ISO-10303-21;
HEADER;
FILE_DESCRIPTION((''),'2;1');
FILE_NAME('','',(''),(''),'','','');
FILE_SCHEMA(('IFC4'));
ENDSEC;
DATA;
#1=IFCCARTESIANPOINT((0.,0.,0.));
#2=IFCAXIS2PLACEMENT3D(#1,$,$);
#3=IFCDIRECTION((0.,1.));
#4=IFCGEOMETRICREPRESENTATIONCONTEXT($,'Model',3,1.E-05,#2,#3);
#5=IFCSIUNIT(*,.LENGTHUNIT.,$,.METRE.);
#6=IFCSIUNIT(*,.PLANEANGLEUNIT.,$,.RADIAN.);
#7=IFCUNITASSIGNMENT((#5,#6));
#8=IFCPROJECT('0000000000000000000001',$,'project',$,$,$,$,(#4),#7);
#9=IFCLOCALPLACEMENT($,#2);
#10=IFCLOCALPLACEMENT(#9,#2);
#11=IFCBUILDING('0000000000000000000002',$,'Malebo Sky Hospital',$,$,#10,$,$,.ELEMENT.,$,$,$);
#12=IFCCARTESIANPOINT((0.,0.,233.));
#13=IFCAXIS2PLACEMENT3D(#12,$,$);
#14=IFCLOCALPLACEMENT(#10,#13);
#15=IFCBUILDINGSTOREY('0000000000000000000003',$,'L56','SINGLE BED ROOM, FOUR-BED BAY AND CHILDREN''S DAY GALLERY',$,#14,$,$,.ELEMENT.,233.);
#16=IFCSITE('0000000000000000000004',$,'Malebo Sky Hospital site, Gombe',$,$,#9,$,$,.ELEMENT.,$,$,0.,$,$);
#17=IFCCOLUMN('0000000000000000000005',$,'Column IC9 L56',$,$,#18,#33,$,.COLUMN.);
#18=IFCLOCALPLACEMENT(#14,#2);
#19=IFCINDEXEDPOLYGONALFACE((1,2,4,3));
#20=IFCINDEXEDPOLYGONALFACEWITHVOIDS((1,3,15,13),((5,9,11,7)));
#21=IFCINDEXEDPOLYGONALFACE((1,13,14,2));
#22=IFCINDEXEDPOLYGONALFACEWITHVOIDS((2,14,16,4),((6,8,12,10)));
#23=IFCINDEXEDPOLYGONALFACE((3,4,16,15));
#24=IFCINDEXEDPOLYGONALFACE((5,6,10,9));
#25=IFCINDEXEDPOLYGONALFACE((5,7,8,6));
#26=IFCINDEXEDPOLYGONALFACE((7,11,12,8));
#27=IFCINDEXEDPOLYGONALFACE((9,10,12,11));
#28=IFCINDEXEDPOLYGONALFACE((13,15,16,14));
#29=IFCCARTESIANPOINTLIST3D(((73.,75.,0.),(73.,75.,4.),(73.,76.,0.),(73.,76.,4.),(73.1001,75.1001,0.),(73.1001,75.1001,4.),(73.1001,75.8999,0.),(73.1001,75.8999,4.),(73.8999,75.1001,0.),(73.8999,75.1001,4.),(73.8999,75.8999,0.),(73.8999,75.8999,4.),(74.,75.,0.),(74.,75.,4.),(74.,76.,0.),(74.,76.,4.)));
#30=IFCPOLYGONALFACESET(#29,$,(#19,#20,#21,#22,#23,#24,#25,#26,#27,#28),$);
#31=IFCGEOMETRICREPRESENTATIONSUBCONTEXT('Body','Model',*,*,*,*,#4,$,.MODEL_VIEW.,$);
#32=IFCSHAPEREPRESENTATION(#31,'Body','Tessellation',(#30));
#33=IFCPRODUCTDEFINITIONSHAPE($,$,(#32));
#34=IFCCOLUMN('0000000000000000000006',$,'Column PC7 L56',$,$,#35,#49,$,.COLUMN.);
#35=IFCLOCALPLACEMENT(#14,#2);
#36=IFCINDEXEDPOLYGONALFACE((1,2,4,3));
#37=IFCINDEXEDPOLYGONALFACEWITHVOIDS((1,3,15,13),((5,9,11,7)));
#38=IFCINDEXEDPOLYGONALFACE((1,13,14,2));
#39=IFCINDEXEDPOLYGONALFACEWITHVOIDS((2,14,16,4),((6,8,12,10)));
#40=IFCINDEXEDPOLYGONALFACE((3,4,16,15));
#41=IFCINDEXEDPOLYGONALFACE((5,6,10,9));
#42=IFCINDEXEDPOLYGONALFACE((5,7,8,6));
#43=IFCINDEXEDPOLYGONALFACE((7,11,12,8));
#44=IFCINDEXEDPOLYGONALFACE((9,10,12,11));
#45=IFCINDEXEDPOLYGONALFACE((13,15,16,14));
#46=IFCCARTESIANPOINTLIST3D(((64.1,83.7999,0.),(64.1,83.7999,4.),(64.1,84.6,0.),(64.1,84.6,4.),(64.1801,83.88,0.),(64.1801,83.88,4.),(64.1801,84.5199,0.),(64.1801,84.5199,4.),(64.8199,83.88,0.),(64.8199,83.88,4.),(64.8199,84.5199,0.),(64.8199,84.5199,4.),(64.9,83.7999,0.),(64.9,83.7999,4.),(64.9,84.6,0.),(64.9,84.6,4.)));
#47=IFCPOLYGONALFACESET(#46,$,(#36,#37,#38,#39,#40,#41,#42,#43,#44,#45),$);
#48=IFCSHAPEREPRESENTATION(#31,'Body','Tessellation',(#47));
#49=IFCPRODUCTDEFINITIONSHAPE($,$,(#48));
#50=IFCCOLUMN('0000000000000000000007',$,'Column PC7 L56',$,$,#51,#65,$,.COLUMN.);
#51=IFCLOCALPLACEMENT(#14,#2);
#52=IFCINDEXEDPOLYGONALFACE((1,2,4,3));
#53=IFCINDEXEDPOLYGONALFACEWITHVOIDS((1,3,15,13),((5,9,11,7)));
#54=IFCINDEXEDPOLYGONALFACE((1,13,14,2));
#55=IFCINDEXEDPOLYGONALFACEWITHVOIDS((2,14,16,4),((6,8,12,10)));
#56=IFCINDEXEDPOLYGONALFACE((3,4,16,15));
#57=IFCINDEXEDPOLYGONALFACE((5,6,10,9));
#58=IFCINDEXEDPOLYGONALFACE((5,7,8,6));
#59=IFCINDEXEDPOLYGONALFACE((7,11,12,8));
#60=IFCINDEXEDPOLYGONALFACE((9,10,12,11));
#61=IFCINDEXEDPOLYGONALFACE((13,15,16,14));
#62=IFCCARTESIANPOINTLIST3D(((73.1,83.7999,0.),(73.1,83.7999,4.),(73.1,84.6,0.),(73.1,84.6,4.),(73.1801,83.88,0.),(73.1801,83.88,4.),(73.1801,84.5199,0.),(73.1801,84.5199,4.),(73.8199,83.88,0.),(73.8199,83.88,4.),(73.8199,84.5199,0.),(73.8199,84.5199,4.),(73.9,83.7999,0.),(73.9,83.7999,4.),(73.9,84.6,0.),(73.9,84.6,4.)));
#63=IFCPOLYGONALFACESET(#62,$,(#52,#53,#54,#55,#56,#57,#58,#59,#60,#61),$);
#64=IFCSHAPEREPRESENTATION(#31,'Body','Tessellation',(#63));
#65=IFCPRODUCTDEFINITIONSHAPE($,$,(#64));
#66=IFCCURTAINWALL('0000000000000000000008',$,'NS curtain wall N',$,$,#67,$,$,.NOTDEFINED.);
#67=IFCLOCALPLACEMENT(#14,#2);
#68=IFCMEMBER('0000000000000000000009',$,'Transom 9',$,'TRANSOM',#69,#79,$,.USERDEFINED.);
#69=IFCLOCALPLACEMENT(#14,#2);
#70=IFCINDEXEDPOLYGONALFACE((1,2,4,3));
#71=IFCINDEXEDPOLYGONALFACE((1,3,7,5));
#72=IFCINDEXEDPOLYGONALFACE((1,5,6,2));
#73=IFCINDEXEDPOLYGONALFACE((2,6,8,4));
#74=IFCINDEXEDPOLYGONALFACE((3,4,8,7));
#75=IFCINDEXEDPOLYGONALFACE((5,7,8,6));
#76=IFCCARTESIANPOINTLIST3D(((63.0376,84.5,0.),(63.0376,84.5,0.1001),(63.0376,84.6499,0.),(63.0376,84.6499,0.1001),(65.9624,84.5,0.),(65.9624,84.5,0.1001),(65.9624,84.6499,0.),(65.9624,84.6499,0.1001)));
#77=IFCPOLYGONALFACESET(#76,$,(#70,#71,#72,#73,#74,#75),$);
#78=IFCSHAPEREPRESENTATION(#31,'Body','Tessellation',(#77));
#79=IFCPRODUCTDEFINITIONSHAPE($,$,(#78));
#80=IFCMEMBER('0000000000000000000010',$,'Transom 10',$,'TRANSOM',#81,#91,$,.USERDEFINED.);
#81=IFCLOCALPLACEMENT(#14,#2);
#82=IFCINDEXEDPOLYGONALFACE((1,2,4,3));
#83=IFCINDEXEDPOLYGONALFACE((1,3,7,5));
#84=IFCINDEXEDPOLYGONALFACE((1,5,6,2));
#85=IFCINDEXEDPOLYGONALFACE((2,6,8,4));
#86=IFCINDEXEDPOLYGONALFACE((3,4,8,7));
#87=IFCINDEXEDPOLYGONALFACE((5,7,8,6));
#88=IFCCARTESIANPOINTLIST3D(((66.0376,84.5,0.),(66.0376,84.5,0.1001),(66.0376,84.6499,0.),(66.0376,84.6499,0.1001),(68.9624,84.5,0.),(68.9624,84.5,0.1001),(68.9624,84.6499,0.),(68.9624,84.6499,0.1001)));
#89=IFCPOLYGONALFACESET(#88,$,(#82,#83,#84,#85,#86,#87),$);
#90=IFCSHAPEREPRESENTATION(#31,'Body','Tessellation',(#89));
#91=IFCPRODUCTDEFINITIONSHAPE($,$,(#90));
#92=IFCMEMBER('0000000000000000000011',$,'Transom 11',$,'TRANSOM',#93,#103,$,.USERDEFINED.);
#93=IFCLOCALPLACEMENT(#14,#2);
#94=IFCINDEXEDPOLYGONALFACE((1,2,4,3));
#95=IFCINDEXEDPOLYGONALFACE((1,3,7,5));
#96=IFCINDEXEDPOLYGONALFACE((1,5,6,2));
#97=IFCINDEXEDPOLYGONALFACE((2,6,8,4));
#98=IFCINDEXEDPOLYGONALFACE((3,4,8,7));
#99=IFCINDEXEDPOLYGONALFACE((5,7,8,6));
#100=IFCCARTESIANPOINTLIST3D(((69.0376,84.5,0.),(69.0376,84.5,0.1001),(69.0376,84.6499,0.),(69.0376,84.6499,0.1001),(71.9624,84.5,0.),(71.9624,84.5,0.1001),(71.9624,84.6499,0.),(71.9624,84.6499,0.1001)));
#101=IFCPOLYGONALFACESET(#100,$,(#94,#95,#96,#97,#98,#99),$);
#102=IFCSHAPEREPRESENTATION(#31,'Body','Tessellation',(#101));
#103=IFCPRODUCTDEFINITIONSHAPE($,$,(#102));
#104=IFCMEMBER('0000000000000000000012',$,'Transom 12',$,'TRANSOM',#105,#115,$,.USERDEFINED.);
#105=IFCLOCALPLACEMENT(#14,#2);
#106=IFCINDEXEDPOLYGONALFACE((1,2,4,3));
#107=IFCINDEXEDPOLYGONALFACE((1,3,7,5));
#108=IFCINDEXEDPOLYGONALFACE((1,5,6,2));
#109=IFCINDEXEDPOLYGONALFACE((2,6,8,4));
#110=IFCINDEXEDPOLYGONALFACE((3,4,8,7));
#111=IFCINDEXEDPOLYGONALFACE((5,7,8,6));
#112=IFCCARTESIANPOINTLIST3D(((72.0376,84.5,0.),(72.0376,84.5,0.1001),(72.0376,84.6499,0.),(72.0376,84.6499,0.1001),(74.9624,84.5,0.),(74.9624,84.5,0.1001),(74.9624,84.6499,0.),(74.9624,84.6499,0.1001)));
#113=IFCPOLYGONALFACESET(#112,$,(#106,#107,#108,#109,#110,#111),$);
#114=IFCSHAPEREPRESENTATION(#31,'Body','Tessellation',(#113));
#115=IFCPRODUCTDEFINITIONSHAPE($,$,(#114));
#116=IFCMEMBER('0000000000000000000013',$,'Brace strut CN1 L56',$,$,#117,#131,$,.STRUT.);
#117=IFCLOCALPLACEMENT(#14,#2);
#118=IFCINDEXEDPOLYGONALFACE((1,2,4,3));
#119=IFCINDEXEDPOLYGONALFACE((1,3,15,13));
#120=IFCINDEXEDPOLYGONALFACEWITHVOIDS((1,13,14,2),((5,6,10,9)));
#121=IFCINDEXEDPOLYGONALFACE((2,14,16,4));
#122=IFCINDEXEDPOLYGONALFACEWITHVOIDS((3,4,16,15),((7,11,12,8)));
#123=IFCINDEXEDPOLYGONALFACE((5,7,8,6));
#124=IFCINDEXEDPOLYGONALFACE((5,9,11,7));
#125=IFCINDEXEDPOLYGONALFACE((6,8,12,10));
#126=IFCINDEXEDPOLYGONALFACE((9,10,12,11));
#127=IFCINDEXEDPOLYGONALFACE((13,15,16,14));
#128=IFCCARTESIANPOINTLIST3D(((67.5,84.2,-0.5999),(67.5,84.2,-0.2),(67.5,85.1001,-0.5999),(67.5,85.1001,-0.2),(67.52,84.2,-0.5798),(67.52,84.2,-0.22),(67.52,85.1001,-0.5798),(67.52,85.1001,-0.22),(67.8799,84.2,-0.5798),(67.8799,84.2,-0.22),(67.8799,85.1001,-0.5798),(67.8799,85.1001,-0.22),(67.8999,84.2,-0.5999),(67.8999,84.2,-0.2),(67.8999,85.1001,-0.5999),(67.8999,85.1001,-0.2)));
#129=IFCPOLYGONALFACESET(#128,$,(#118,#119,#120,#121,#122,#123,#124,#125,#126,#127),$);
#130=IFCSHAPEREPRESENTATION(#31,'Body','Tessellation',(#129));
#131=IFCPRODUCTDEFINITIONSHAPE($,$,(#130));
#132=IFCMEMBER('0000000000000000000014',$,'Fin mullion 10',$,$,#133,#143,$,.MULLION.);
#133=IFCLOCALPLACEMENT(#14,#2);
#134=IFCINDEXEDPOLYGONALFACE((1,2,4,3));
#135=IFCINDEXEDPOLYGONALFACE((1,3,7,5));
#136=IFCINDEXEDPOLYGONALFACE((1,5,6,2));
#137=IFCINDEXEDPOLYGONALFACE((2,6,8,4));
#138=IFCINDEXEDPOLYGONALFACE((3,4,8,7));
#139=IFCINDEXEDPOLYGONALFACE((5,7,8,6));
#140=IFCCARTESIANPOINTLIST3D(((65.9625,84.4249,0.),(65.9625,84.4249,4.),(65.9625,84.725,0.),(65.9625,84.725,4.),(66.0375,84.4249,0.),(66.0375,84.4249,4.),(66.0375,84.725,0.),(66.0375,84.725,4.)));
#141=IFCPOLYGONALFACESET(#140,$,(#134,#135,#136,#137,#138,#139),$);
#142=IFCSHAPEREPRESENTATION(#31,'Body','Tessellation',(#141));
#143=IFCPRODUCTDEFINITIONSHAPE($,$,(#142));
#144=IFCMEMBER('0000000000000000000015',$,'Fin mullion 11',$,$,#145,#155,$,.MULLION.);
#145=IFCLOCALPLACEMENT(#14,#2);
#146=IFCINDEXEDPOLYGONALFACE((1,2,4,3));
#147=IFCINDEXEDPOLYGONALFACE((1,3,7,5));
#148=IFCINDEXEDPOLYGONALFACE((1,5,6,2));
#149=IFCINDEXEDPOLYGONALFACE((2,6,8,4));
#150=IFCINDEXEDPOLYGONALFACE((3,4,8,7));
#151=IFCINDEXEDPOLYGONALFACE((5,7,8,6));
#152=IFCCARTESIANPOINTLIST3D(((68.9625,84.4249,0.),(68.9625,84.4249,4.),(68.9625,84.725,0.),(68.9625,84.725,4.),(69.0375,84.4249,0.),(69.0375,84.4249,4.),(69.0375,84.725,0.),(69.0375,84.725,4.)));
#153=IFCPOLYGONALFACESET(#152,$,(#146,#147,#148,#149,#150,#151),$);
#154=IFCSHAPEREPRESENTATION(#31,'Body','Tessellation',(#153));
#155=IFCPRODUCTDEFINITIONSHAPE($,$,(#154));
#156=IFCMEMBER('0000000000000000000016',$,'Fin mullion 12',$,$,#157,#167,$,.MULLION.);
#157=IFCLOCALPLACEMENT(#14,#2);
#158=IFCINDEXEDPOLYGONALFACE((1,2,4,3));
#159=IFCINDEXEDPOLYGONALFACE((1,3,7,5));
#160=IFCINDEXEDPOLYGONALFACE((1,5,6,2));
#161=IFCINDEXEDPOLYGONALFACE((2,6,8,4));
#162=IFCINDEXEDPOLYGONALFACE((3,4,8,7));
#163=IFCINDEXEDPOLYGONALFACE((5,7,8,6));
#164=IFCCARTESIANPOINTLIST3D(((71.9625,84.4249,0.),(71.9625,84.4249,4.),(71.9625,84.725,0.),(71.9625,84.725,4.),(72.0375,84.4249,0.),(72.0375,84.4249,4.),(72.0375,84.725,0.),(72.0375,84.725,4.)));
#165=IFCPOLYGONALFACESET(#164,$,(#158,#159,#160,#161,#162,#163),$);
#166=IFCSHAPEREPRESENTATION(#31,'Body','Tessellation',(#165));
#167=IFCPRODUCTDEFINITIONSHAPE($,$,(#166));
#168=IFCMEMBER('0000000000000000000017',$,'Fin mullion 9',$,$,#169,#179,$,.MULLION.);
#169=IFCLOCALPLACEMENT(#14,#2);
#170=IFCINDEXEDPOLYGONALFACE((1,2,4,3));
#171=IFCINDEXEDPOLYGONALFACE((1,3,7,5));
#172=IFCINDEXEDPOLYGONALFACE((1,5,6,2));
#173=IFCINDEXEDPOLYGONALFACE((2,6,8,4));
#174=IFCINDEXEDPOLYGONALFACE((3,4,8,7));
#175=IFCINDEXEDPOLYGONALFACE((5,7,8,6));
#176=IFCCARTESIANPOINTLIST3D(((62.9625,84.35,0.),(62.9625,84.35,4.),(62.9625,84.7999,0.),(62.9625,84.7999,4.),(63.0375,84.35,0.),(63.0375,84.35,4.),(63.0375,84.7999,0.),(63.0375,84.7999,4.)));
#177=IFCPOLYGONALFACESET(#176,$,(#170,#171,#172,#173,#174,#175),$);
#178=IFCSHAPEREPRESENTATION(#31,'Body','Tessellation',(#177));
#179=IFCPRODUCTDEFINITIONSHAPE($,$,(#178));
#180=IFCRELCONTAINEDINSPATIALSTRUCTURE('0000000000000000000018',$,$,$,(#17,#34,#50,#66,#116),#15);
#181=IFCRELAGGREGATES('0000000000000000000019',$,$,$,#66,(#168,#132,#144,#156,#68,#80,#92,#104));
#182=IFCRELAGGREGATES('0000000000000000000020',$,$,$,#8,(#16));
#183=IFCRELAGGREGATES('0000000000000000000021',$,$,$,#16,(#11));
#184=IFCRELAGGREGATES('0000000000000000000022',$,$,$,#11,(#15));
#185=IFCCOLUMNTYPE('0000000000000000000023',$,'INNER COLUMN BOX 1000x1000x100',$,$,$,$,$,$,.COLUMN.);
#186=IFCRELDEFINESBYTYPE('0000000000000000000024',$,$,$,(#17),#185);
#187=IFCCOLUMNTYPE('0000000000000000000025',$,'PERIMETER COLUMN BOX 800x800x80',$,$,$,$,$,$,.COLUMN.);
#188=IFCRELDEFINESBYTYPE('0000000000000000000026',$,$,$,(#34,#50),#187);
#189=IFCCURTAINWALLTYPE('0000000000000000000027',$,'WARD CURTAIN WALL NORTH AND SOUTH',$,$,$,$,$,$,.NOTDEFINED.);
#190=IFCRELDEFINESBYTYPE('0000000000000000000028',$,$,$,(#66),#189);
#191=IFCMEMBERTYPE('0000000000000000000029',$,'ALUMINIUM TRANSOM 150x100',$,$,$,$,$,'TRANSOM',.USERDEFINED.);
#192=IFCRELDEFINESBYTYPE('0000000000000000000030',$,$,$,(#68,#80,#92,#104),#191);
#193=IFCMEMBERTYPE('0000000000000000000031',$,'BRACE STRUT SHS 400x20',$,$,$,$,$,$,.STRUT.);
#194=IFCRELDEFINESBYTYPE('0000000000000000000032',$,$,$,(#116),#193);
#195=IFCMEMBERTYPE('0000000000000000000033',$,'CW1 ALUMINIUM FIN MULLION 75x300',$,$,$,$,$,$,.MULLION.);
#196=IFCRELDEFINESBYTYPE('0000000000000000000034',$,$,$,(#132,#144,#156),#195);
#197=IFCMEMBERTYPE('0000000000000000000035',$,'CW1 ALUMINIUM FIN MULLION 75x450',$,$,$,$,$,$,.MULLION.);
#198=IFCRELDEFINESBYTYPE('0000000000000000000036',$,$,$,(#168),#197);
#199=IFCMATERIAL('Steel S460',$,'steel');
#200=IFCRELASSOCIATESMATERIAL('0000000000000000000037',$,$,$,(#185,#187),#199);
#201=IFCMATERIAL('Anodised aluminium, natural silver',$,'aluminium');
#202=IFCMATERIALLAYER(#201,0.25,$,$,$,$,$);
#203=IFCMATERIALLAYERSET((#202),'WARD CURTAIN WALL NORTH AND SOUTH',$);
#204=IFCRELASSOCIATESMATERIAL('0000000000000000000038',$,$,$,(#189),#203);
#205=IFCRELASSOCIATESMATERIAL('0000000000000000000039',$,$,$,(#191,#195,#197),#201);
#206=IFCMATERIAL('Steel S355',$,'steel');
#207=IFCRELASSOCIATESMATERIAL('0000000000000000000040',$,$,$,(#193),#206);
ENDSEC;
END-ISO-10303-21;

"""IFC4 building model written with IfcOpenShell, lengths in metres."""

from ifc_helpers import new_model, si_unit, direction, frame, origin, origin_2d, place, context, subcontext, project, spatial, rectangle, hollow_rectangle, extrude, material, layer, layer_set, material_profile, profile_set, type_object, element, aggregate, save


model = new_model("IFC4")

# Units and contexts
model_context = context("Model", 3, precision=1e-05, world=origin(), true_north=direction((0.0, 1.0)))
body_context = subcontext(model_context, "Body", "Model", "MODEL_VIEW")
ifc_project = project(units=[si_unit("LENGTHUNIT", "METRE"), si_unit("PLANEANGLEUNIT", "RADIAN")], contexts=[model_context])

# Site, building, storey
site_placement = place(None, origin())
site = spatial("IfcSite", under=ifc_project, at=site_placement, Name="Malebo Sky Hospital site, Gombe", CompositionType="ELEMENT", RefElevation=0.0)
building_placement = place(site_placement, origin())
building = spatial("IfcBuilding", under=site, at=building_placement, Name="Malebo Sky Hospital", CompositionType="ELEMENT")
storey_placement = place(building_placement, frame((0.0, 0.0, 233.0)))
storey = spatial("IfcBuildingStorey", under=building, at=storey_placement, Name="L56", Description="SINGLE BED ROOM, FOUR-BED BAY AND CHILDREN'S DAY GALLERY", CompositionType="ELEMENT", Elevation=233.0)

# Columns
ifc_material_1 = material(Name="Steel S460", Category="steel")
ifc_material_profile_1 = material_profile(ifc_material_1, hollow_rectangle(XDim=1.0, YDim=1.0, WallThickness=0.1001, at=origin_2d()), Name="BOX 1000x1000x100")
ifc_profile_set_1 = profile_set([ifc_material_profile_1], Name="Steel S460")
column_type_1 = type_object("IfcColumnType", Name="INNER COLUMN BOX 1000x1000x100", PredefinedType="COLUMN", material=ifc_profile_set_1)
column_placement = place(storey_placement, frame((73.5, 75.5, 0.0), z_axis=(0.0, 0.0, 1.0), x_axis=(1.0, 0.0, 0.0)))
element("IfcColumn", 1, at=column_placement, inside=storey, type_object=column_type_1, Name="Column IC9 L56", PredefinedType="COLUMN", context=body_context, shape_type="SweptSolid", body=[
    extrude(hollow_rectangle(XDim=1.0, YDim=1.0, WallThickness=0.1001, at=origin_2d()), origin(), (0.0, 0.0, 1.0), 4.0),
])
ifc_material_profile_2 = material_profile(ifc_material_1, hollow_rectangle(XDim=0.8, YDim=0.8, WallThickness=0.0801, at=origin_2d()), Name="BOX 800x800x80")
ifc_profile_set_2 = profile_set([ifc_material_profile_2], Name="Steel S460")
column_type_2 = type_object("IfcColumnType", Name="PERIMETER COLUMN BOX 800x800x80", PredefinedType="COLUMN", material=ifc_profile_set_2)
for number, where, z_axis, x_axis, name in (
    (2, (64.5, 84.2, 0.0), (0.0, 0.0, 1.0), (1.0, 0.0, 0.0), "Column PC7 L56"),
    (3, (73.5, 84.2, 0.0), (0.0, 0.0, 1.0), (1.0, 0.0, 0.0), "Column PC7 L56"),
):
    element("IfcColumn", number, at=place(storey_placement, frame(where, z_axis=z_axis, x_axis=x_axis)), inside=storey, type_object=column_type_2, Name=name, PredefinedType="COLUMN", context=body_context, shape_type="SweptSolid", body=[
        extrude(hollow_rectangle(XDim=0.8, YDim=0.8, WallThickness=0.0801, at=origin_2d()), origin(), (0.0, 0.0, 1.0), 4.0),
    ])

# Curtain wall, members
ifc_material_2 = material(Name="Anodised aluminium, natural silver", Category="aluminium")
ifc_layer_1 = layer(ifc_material_2, 0.25)
ifc_layer_set_1 = layer_set([ifc_layer_1], Name="WARD CURTAIN WALL NORTH AND SOUTH")
curtain_wall_type = type_object("IfcCurtainWallType", Name="WARD CURTAIN WALL NORTH AND SOUTH", PredefinedType="NOTDEFINED", material=ifc_layer_set_1)
curtain_wall_placement = place(storey_placement, origin())
curtain_wall = element("IfcCurtainWall", 4, at=curtain_wall_placement, inside=storey, type_object=curtain_wall_type, Name="NS curtain wall N", PredefinedType="NOTDEFINED")
ifc_material_profile_3 = material_profile(ifc_material_2, rectangle(XDim=0.1499, YDim=0.1001, at=origin_2d()), Name="ALUMINIUM TRANSOM 150x100")
ifc_profile_set_3 = profile_set([ifc_material_profile_3], Name="Anodised aluminium, natural silver")
member_type_1 = type_object("IfcMemberType", Name="ALUMINIUM TRANSOM 150x100", ElementType="TRANSOM", PredefinedType="USERDEFINED", material=ifc_profile_set_3)
member_1_placement = place(storey_placement, frame((63.0376, 84.575, 0.05), z_axis=(1.0, 0.0, 0.0), x_axis=(0.0, 1.0, 0.0)))
member_1 = element("IfcMember", 5, at=member_1_placement, type_object=member_type_1, Name="Transom 9", ObjectType="TRANSOM", PredefinedType="USERDEFINED", context=body_context, shape_type="SweptSolid", body=[
    extrude(rectangle(XDim=0.1499, YDim=0.1001, at=origin_2d()), origin(), (0.0, 0.0, 1.0), 2.9248),
])
member_2_placement = place(storey_placement, frame((66.0376, 84.575, 0.05), z_axis=(1.0, 0.0, 0.0), x_axis=(0.0, 1.0, 0.0)))
member_2 = element("IfcMember", 6, at=member_2_placement, type_object=member_type_1, Name="Transom 10", ObjectType="TRANSOM", PredefinedType="USERDEFINED", context=body_context, shape_type="SweptSolid", body=[
    extrude(rectangle(XDim=0.1499, YDim=0.1001, at=origin_2d()), origin(), (0.0, 0.0, 1.0), 2.9248),
])
member_3_placement = place(storey_placement, frame((69.0376, 84.575, 0.05), z_axis=(1.0, 0.0, 0.0), x_axis=(0.0, 1.0, 0.0)))
member_3 = element("IfcMember", 7, at=member_3_placement, type_object=member_type_1, Name="Transom 11", ObjectType="TRANSOM", PredefinedType="USERDEFINED", context=body_context, shape_type="SweptSolid", body=[
    extrude(rectangle(XDim=0.1499, YDim=0.1001, at=origin_2d()), origin(), (0.0, 0.0, 1.0), 2.9248),
])
member_4_placement = place(storey_placement, frame((72.0376, 84.575, 0.05), z_axis=(1.0, 0.0, 0.0), x_axis=(0.0, 1.0, 0.0)))
member_4 = element("IfcMember", 8, at=member_4_placement, type_object=member_type_1, Name="Transom 12", ObjectType="TRANSOM", PredefinedType="USERDEFINED", context=body_context, shape_type="SweptSolid", body=[
    extrude(rectangle(XDim=0.1499, YDim=0.1001, at=origin_2d()), origin(), (0.0, 0.0, 1.0), 2.9248),
])

# Members
ifc_material_3 = material(Name="Steel S355", Category="steel")
ifc_material_profile_4 = material_profile(ifc_material_3, hollow_rectangle(XDim=0.3999, YDim=0.3999, WallThickness=0.02, at=origin_2d()), Name="SHS 400x20")
ifc_profile_set_4 = profile_set([ifc_material_profile_4], Name="Steel S355")
member_type_2 = type_object("IfcMemberType", Name="BRACE STRUT SHS 400x20", PredefinedType="STRUT", material=ifc_profile_set_4)
member_5_placement = place(storey_placement, frame((67.7, 85.1001, -0.3999), z_axis=(0.0, -1.0, 0.0), x_axis=(1.0, 0.0, 0.0)))
element("IfcMember", 9, at=member_5_placement, inside=storey, type_object=member_type_2, Name="Brace strut CN1 L56", PredefinedType="STRUT", context=body_context, shape_type="SweptSolid", body=[
    extrude(hollow_rectangle(XDim=0.3999, YDim=0.3999, WallThickness=0.02, at=origin_2d()), origin(), (0.0, 0.0, 1.0), 0.9001),
])
ifc_material_profile_5 = material_profile(ifc_material_2, rectangle(XDim=0.075, YDim=0.3, at=origin_2d()), Name="CW1 ALUMINIUM FIN MULLION 75x300")
ifc_profile_set_5 = profile_set([ifc_material_profile_5], Name="Anodised aluminium, natural silver")
member_type_3 = type_object("IfcMemberType", Name="CW1 ALUMINIUM FIN MULLION 75x300", PredefinedType="MULLION", material=ifc_profile_set_5)
member_6_placement = place(storey_placement, frame((66.0, 84.575, 0.0), z_axis=(0.0, 0.0, 1.0), x_axis=(1.0, 0.0, 0.0)))
member_6 = element("IfcMember", 10, at=member_6_placement, type_object=member_type_3, Name="Fin mullion 10", PredefinedType="MULLION", context=body_context, shape_type="SweptSolid", body=[
    extrude(rectangle(XDim=0.075, YDim=0.3, at=origin_2d()), origin(), (0.0, 0.0, 1.0), 4.0),
])
member_7_placement = place(storey_placement, frame((69.0, 84.575, 0.0), z_axis=(0.0, 0.0, 1.0), x_axis=(1.0, 0.0, 0.0)))
member_7 = element("IfcMember", 11, at=member_7_placement, type_object=member_type_3, Name="Fin mullion 11", PredefinedType="MULLION", context=body_context, shape_type="SweptSolid", body=[
    extrude(rectangle(XDim=0.075, YDim=0.3, at=origin_2d()), origin(), (0.0, 0.0, 1.0), 4.0),
])
member_8_placement = place(storey_placement, frame((72.0, 84.575, 0.0), z_axis=(0.0, 0.0, 1.0), x_axis=(1.0, 0.0, 0.0)))
member_8 = element("IfcMember", 12, at=member_8_placement, type_object=member_type_3, Name="Fin mullion 12", PredefinedType="MULLION", context=body_context, shape_type="SweptSolid", body=[
    extrude(rectangle(XDim=0.075, YDim=0.3, at=origin_2d()), origin(), (0.0, 0.0, 1.0), 4.0),
])
ifc_material_profile_6 = material_profile(ifc_material_2, rectangle(XDim=0.075, YDim=0.45, at=origin_2d()), Name="CW1 ALUMINIUM FIN MULLION 75x450")
ifc_profile_set_6 = profile_set([ifc_material_profile_6], Name="Anodised aluminium, natural silver")
member_type_4 = type_object("IfcMemberType", Name="CW1 ALUMINIUM FIN MULLION 75x450", PredefinedType="MULLION", material=ifc_profile_set_6)
member_9_placement = place(storey_placement, frame((63.0, 84.575, 0.0), z_axis=(0.0, 0.0, 1.0), x_axis=(1.0, 0.0, 0.0)))
member_9 = element("IfcMember", 13, at=member_9_placement, type_object=member_type_4, Name="Fin mullion 9", PredefinedType="MULLION", context=body_context, shape_type="SweptSolid", body=[
    extrude(rectangle(XDim=0.075, YDim=0.45, at=origin_2d()), origin(), (0.0, 0.0, 1.0), 4.0),
])

aggregate(curtain_wall, [member_9, member_6, member_7, member_8, member_1, member_2, member_3, member_4])

save(model, "model.ifc")
